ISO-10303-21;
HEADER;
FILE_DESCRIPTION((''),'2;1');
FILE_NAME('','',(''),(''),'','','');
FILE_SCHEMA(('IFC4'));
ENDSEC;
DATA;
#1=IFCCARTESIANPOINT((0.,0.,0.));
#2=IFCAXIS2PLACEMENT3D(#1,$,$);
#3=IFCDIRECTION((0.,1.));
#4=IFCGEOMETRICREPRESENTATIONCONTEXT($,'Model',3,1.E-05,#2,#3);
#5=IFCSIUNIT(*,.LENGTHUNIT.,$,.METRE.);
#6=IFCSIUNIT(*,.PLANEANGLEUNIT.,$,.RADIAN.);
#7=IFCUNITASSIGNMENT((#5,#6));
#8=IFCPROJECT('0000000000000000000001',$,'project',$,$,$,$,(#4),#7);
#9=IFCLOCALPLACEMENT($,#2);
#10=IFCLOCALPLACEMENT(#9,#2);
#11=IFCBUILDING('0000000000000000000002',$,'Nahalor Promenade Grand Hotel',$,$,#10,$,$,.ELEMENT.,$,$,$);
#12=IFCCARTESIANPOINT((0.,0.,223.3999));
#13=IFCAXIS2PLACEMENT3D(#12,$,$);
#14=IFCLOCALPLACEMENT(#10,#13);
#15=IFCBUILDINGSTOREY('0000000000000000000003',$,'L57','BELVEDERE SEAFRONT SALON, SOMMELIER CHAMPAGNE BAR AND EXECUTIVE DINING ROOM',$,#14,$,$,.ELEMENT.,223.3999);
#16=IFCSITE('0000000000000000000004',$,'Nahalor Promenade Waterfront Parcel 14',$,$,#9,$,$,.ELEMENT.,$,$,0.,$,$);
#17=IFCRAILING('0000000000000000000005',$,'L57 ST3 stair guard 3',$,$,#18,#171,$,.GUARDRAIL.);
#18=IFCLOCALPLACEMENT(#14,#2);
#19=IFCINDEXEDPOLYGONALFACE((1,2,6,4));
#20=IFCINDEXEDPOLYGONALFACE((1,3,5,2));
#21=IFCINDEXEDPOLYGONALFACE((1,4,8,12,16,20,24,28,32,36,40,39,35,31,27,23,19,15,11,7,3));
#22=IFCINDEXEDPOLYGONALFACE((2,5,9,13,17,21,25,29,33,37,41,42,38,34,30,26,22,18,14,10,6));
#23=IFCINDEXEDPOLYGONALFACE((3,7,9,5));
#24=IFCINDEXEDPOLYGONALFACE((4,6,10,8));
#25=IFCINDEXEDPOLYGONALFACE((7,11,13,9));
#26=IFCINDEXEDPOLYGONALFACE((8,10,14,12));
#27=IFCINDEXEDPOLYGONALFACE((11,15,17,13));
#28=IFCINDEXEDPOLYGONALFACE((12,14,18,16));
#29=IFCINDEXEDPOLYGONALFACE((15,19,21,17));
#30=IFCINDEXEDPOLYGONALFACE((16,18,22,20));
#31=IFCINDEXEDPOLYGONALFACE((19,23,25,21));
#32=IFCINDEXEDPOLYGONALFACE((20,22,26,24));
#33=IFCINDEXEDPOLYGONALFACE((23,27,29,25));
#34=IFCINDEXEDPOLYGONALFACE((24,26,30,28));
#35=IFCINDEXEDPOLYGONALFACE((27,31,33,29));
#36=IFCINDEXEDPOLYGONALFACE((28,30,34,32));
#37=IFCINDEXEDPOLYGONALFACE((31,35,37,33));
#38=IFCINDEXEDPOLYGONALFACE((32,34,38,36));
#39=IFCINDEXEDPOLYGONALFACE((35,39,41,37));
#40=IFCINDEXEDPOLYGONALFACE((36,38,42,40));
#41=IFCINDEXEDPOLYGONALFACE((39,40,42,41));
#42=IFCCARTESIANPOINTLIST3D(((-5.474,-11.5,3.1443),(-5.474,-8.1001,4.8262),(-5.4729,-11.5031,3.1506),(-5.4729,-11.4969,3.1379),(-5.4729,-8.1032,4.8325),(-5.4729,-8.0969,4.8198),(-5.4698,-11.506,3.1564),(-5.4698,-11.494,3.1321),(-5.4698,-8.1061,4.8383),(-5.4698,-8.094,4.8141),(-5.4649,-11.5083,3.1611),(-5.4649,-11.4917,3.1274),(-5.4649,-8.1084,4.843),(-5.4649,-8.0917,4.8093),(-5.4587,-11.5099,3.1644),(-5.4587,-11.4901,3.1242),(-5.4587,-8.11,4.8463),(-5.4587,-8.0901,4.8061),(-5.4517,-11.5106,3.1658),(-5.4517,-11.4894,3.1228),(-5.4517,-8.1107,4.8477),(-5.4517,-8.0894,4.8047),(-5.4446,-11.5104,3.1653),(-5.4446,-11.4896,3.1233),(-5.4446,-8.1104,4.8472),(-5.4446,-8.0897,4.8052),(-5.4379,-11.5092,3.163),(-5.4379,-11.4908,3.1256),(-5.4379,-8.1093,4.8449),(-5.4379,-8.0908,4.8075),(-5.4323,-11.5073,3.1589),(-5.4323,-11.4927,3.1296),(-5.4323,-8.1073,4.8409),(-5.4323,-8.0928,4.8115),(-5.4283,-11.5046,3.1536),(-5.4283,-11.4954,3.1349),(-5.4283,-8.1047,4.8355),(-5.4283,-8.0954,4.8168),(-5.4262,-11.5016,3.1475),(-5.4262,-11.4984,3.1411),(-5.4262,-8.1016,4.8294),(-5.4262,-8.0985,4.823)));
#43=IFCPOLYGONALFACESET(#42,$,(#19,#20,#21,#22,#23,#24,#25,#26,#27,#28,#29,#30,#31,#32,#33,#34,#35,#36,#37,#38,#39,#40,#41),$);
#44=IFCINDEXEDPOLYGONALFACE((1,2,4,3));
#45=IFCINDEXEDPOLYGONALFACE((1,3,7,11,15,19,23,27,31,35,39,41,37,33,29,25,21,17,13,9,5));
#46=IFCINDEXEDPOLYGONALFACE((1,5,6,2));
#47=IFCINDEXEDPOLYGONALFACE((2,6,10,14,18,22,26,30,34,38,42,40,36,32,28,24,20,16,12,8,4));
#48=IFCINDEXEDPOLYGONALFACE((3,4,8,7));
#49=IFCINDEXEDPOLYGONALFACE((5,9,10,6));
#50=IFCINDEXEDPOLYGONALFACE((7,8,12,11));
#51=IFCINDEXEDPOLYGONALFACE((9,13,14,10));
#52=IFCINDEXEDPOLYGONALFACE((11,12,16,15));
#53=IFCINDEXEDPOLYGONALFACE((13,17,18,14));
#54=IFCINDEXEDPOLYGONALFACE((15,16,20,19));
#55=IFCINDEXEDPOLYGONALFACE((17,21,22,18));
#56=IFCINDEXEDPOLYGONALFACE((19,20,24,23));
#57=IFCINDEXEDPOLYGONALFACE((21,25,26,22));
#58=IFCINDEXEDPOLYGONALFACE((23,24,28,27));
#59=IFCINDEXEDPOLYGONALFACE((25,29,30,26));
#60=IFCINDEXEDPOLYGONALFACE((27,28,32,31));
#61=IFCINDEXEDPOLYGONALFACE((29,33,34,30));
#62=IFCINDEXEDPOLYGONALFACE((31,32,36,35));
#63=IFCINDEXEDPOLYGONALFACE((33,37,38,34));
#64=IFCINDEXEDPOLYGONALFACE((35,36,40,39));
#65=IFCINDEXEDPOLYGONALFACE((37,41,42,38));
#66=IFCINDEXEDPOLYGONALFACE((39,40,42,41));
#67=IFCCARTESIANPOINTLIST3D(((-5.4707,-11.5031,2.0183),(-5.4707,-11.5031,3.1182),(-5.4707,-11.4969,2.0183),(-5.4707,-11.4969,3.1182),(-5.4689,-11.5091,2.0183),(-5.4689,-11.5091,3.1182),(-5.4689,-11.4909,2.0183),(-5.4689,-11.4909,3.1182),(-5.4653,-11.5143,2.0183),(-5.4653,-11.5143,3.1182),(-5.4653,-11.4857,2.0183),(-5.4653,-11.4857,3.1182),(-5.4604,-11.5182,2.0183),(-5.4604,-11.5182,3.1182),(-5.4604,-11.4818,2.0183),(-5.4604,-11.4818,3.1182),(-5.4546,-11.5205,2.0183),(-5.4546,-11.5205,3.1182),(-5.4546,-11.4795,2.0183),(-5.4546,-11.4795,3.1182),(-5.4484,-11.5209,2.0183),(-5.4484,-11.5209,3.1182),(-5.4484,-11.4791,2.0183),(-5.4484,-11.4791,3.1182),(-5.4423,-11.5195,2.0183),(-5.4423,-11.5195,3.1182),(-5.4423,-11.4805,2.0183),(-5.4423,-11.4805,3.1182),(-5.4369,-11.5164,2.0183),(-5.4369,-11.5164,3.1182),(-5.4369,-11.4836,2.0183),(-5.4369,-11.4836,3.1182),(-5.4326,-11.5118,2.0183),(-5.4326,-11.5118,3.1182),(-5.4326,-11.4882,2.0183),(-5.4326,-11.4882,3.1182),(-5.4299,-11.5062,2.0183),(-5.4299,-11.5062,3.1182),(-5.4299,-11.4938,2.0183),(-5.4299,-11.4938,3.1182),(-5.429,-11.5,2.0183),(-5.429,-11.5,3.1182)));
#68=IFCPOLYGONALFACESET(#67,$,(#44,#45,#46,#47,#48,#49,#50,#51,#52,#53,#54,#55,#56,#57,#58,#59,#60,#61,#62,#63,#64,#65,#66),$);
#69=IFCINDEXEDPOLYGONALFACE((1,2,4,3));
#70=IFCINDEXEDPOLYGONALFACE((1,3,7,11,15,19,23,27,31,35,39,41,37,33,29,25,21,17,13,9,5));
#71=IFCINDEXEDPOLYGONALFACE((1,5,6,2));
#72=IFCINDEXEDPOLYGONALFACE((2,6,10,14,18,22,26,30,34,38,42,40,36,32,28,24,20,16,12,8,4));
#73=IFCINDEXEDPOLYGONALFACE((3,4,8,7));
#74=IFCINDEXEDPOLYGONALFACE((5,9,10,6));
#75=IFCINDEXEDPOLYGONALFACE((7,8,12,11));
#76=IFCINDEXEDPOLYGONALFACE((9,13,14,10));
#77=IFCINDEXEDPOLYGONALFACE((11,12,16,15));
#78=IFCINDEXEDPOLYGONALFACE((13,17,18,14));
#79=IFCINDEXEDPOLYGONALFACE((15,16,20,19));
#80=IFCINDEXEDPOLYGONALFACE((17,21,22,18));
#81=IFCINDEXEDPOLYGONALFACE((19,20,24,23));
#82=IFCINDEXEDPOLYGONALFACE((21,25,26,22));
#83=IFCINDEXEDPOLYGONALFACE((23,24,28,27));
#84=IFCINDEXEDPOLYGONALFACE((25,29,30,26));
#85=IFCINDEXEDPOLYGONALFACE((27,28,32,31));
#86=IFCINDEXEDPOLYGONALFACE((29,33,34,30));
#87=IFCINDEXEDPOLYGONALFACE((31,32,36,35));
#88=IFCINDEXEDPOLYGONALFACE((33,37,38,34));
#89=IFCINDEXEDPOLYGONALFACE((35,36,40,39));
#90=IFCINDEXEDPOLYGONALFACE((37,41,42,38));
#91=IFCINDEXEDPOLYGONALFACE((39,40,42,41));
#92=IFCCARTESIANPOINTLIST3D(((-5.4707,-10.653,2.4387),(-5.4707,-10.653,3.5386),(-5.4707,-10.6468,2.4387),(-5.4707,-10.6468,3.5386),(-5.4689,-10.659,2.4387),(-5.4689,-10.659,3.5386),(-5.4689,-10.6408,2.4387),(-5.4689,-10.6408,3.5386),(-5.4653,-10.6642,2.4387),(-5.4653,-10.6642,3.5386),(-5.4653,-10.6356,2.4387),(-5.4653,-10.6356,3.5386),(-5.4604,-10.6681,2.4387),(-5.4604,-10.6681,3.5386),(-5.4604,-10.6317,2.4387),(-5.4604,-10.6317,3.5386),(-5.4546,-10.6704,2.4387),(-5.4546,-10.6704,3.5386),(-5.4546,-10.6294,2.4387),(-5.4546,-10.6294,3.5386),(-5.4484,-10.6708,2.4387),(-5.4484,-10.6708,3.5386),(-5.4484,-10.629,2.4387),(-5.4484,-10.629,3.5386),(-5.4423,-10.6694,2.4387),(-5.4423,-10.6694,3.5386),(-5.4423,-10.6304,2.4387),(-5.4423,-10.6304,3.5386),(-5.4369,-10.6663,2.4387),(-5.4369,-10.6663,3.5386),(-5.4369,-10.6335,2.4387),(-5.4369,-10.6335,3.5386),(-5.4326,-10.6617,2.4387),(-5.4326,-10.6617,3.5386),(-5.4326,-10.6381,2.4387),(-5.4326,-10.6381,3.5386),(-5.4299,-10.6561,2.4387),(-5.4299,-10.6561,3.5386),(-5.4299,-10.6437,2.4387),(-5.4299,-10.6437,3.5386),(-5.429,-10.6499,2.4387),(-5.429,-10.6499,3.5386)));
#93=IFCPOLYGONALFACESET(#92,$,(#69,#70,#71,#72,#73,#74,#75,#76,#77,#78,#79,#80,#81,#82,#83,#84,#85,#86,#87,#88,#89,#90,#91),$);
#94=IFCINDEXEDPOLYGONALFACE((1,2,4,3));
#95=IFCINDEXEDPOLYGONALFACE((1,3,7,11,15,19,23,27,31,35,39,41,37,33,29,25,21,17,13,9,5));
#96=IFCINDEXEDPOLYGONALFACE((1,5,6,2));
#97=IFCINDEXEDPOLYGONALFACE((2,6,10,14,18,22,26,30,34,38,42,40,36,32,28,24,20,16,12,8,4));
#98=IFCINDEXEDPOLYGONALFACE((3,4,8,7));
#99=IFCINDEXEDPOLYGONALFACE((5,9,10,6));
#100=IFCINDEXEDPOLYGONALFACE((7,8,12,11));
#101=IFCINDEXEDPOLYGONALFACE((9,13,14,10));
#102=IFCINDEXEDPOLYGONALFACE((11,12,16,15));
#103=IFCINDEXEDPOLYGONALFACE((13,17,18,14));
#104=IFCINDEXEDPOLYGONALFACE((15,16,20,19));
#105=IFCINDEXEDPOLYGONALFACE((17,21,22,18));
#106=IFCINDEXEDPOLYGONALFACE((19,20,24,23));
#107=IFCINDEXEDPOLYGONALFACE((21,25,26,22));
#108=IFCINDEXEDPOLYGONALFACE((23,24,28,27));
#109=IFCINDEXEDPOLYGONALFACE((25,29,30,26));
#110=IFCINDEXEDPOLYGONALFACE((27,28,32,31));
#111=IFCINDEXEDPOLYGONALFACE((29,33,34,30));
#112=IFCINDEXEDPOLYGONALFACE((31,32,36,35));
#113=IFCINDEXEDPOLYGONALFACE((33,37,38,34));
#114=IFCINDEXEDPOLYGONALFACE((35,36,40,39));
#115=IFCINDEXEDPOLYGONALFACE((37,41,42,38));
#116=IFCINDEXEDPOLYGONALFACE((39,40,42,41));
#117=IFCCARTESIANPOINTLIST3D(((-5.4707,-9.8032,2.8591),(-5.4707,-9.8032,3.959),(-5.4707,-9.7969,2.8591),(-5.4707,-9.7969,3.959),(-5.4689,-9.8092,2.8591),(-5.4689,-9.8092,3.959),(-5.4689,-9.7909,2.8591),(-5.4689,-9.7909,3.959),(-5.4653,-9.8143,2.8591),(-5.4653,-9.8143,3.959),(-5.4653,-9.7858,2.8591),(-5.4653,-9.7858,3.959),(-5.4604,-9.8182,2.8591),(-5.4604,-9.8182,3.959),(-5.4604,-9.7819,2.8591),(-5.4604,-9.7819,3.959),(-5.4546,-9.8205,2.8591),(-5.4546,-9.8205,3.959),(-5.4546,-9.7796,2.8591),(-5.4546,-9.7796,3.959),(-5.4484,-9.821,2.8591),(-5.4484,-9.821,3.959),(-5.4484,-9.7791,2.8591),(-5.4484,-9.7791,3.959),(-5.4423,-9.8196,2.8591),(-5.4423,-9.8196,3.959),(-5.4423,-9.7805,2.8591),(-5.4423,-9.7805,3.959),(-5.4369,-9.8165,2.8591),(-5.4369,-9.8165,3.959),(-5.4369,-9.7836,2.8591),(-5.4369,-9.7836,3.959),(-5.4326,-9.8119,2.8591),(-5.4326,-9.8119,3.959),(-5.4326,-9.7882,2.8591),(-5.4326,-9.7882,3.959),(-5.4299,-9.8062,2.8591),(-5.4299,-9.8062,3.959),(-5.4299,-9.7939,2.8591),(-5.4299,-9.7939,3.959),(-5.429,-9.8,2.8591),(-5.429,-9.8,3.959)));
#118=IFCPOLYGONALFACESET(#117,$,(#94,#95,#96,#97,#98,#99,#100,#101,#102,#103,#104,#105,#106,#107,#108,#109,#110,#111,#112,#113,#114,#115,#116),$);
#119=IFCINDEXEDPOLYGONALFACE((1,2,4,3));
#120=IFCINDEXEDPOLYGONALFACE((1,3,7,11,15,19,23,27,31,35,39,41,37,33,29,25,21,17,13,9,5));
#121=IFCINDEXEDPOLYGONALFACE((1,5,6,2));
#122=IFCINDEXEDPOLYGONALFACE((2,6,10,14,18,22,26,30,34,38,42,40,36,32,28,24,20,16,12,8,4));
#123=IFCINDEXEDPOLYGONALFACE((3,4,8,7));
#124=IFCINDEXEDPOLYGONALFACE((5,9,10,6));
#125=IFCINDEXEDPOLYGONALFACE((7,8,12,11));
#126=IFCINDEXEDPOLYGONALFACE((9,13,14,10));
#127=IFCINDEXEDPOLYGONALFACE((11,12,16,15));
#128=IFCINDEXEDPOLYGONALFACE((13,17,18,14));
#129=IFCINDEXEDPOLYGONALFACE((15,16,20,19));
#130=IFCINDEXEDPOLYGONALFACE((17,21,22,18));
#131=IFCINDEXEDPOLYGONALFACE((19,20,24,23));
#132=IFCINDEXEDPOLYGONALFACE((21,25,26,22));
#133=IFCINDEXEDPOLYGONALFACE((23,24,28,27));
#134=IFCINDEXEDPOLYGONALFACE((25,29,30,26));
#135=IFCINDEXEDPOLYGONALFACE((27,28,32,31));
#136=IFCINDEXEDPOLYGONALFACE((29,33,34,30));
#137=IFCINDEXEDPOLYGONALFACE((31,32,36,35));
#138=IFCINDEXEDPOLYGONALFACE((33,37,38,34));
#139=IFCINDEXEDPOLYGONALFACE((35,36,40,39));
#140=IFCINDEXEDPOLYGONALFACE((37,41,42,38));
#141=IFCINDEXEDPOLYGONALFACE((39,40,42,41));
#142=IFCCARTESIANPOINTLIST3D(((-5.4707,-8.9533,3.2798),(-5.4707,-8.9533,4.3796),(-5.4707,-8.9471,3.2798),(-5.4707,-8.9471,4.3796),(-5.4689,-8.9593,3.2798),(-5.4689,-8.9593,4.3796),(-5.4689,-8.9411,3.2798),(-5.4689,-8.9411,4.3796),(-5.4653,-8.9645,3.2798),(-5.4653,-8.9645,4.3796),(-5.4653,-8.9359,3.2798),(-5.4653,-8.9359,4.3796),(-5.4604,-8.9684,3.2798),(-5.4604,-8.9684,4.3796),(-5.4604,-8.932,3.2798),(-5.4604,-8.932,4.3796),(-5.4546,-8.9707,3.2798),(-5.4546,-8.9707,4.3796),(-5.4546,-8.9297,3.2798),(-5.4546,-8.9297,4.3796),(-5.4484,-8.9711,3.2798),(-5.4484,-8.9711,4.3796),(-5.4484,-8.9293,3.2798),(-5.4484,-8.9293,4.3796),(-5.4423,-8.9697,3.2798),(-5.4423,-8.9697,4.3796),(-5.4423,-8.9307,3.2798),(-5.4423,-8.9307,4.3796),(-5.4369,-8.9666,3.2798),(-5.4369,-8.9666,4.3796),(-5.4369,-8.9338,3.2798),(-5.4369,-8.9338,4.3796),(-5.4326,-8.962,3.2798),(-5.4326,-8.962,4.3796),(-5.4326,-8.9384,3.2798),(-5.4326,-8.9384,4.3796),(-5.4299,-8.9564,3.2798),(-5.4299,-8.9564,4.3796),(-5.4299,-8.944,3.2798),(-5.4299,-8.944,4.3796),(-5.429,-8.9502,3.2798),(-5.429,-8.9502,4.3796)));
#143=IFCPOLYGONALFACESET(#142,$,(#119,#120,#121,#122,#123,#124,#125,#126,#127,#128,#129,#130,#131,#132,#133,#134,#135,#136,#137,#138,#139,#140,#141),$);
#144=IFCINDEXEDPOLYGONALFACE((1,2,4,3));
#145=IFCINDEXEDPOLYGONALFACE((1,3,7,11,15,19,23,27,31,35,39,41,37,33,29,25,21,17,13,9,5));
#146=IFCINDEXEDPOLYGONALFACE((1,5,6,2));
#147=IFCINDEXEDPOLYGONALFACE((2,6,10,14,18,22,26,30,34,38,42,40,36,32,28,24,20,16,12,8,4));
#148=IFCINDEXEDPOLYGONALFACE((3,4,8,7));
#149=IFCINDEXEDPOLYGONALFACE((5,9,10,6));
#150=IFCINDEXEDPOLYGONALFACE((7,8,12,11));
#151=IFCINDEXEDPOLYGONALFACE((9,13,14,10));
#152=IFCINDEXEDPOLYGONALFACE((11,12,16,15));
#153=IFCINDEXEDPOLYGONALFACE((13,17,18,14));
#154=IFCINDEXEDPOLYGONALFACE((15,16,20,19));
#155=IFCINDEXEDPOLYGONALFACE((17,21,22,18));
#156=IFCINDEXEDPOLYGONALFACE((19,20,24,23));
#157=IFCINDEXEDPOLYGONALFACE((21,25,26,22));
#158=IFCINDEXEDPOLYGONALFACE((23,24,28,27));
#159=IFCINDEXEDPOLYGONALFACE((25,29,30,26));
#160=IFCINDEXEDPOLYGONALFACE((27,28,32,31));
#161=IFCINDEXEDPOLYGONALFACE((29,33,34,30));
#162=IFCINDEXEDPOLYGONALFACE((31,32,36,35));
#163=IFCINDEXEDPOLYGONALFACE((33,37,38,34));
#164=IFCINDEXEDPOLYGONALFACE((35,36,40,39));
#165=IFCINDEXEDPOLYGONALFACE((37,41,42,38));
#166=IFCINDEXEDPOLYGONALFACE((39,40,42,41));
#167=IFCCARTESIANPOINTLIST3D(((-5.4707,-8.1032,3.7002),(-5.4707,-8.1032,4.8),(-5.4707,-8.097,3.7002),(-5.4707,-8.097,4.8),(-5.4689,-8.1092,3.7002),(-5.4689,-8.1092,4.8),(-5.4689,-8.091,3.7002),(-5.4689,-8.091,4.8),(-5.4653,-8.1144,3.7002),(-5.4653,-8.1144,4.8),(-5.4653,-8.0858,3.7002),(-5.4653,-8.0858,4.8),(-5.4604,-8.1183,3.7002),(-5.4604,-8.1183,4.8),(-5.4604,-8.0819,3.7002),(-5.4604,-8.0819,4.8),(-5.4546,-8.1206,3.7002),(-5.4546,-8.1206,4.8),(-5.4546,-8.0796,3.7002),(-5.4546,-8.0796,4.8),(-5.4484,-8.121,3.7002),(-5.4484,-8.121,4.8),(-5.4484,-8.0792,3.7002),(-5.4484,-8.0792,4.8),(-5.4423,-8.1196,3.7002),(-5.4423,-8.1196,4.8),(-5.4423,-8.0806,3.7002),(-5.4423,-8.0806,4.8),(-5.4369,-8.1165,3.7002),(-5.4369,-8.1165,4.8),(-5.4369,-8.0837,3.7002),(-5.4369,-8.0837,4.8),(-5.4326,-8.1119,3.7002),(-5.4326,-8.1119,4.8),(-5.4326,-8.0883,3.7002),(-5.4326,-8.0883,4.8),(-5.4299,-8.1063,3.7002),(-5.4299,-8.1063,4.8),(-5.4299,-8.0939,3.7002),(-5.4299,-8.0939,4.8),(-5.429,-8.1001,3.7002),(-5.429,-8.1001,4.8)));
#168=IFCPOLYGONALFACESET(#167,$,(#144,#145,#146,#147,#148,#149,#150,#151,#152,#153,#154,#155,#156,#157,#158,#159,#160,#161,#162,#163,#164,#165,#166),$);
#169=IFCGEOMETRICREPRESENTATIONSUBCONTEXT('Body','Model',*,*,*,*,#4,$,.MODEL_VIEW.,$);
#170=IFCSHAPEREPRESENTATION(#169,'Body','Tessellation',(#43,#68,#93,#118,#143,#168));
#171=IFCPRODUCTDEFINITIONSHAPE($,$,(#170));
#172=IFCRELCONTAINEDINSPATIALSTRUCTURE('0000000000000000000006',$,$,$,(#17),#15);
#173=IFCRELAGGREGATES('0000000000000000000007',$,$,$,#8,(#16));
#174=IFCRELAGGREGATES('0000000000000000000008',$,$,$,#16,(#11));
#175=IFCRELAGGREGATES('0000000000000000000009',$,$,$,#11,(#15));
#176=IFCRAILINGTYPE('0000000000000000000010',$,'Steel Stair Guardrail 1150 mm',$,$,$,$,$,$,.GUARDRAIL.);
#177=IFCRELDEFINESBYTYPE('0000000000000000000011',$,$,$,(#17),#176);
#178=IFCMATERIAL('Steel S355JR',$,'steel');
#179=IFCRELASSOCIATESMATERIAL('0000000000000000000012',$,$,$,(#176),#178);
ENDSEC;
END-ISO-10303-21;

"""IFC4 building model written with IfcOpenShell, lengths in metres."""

from ifc_helpers import new_model, si_unit, direction, frame, origin, origin_2d, place, context, subcontext, project, spatial, circle, extrude, material, type_object, element, save


model = new_model("IFC4")

# Units and contexts
model_context = context("Model", 3, precision=1e-05, world=origin(), true_north=direction((0.0, 1.0)))
body_context = subcontext(model_context, "Body", "Model", "MODEL_VIEW")
ifc_project = project(units=[si_unit("LENGTHUNIT", "METRE"), si_unit("PLANEANGLEUNIT", "RADIAN")], contexts=[model_context])

# Site, building, storey
site_placement = place(None, origin())
site = spatial("IfcSite", under=ifc_project, at=site_placement, Name="Nahalor Promenade Waterfront Parcel 14", CompositionType="ELEMENT", RefElevation=0.0)
building_placement = place(site_placement, origin())
building = spatial("IfcBuilding", under=site, at=building_placement, Name="Nahalor Promenade Grand Hotel", CompositionType="ELEMENT")
storey_placement = place(building_placement, frame((0.0, 0.0, 223.3999)))
storey = spatial("IfcBuildingStorey", under=building, at=storey_placement, Name="L57", Description="BELVEDERE SEAFRONT SALON, SOMMELIER CHAMPAGNE BAR AND EXECUTIVE DINING ROOM", CompositionType="ELEMENT", Elevation=223.3999)

# Shared definitions
ifc_material_1 = material(Name="Steel S355JR", Category="steel")

# Railing
railing_type_1 = type_object("IfcRailingType", Name="Steel Stair Guardrail 1150 mm", PredefinedType="GUARDRAIL", material=ifc_material_1)
railing_1_placement = place(storey_placement, frame((-5.45, -11.5, 2.0183)))
element("IfcRailing", 1, at=railing_1_placement, inside=storey, type_object=railing_type_1, Name="L57 ST3 stair guard 3", PredefinedType="GUARDRAIL", context=body_context, shape_type="SweptSolid", body=[
    extrude(circle(Radius=0.024, at=origin_2d()), frame((0.0, 0.0, 1.126), z_axis=(0.0, 0.896324, 0.443399), x_axis=(-1.0, 0.0, 0.0)), (0.0, 0.0, 1.0), 3.7932),
    extrude(circle(Radius=0.021, at=origin_2d()), origin(), (0.0, 0.0, 1.0), 1.0999),
    extrude(circle(Radius=0.021, at=origin_2d()), frame((0.0, 0.8501, 0.4204)), (0.0, 0.0, 1.0), 1.0999),
    extrude(circle(Radius=0.021, at=origin_2d()), frame((0.0, 1.7, 0.8408)), (0.0, 0.0, 1.0), 1.0999),
    extrude(circle(Radius=0.021, at=origin_2d()), frame((0.0, 2.5498, 1.2615)), (0.0, 0.0, 1.0), 1.0999),
    extrude(circle(Radius=0.021, at=origin_2d()), frame((0.0, 3.3999, 1.6819)), (0.0, 0.0, 1.0), 1.0999),
])

save(model, "model.ifc")
